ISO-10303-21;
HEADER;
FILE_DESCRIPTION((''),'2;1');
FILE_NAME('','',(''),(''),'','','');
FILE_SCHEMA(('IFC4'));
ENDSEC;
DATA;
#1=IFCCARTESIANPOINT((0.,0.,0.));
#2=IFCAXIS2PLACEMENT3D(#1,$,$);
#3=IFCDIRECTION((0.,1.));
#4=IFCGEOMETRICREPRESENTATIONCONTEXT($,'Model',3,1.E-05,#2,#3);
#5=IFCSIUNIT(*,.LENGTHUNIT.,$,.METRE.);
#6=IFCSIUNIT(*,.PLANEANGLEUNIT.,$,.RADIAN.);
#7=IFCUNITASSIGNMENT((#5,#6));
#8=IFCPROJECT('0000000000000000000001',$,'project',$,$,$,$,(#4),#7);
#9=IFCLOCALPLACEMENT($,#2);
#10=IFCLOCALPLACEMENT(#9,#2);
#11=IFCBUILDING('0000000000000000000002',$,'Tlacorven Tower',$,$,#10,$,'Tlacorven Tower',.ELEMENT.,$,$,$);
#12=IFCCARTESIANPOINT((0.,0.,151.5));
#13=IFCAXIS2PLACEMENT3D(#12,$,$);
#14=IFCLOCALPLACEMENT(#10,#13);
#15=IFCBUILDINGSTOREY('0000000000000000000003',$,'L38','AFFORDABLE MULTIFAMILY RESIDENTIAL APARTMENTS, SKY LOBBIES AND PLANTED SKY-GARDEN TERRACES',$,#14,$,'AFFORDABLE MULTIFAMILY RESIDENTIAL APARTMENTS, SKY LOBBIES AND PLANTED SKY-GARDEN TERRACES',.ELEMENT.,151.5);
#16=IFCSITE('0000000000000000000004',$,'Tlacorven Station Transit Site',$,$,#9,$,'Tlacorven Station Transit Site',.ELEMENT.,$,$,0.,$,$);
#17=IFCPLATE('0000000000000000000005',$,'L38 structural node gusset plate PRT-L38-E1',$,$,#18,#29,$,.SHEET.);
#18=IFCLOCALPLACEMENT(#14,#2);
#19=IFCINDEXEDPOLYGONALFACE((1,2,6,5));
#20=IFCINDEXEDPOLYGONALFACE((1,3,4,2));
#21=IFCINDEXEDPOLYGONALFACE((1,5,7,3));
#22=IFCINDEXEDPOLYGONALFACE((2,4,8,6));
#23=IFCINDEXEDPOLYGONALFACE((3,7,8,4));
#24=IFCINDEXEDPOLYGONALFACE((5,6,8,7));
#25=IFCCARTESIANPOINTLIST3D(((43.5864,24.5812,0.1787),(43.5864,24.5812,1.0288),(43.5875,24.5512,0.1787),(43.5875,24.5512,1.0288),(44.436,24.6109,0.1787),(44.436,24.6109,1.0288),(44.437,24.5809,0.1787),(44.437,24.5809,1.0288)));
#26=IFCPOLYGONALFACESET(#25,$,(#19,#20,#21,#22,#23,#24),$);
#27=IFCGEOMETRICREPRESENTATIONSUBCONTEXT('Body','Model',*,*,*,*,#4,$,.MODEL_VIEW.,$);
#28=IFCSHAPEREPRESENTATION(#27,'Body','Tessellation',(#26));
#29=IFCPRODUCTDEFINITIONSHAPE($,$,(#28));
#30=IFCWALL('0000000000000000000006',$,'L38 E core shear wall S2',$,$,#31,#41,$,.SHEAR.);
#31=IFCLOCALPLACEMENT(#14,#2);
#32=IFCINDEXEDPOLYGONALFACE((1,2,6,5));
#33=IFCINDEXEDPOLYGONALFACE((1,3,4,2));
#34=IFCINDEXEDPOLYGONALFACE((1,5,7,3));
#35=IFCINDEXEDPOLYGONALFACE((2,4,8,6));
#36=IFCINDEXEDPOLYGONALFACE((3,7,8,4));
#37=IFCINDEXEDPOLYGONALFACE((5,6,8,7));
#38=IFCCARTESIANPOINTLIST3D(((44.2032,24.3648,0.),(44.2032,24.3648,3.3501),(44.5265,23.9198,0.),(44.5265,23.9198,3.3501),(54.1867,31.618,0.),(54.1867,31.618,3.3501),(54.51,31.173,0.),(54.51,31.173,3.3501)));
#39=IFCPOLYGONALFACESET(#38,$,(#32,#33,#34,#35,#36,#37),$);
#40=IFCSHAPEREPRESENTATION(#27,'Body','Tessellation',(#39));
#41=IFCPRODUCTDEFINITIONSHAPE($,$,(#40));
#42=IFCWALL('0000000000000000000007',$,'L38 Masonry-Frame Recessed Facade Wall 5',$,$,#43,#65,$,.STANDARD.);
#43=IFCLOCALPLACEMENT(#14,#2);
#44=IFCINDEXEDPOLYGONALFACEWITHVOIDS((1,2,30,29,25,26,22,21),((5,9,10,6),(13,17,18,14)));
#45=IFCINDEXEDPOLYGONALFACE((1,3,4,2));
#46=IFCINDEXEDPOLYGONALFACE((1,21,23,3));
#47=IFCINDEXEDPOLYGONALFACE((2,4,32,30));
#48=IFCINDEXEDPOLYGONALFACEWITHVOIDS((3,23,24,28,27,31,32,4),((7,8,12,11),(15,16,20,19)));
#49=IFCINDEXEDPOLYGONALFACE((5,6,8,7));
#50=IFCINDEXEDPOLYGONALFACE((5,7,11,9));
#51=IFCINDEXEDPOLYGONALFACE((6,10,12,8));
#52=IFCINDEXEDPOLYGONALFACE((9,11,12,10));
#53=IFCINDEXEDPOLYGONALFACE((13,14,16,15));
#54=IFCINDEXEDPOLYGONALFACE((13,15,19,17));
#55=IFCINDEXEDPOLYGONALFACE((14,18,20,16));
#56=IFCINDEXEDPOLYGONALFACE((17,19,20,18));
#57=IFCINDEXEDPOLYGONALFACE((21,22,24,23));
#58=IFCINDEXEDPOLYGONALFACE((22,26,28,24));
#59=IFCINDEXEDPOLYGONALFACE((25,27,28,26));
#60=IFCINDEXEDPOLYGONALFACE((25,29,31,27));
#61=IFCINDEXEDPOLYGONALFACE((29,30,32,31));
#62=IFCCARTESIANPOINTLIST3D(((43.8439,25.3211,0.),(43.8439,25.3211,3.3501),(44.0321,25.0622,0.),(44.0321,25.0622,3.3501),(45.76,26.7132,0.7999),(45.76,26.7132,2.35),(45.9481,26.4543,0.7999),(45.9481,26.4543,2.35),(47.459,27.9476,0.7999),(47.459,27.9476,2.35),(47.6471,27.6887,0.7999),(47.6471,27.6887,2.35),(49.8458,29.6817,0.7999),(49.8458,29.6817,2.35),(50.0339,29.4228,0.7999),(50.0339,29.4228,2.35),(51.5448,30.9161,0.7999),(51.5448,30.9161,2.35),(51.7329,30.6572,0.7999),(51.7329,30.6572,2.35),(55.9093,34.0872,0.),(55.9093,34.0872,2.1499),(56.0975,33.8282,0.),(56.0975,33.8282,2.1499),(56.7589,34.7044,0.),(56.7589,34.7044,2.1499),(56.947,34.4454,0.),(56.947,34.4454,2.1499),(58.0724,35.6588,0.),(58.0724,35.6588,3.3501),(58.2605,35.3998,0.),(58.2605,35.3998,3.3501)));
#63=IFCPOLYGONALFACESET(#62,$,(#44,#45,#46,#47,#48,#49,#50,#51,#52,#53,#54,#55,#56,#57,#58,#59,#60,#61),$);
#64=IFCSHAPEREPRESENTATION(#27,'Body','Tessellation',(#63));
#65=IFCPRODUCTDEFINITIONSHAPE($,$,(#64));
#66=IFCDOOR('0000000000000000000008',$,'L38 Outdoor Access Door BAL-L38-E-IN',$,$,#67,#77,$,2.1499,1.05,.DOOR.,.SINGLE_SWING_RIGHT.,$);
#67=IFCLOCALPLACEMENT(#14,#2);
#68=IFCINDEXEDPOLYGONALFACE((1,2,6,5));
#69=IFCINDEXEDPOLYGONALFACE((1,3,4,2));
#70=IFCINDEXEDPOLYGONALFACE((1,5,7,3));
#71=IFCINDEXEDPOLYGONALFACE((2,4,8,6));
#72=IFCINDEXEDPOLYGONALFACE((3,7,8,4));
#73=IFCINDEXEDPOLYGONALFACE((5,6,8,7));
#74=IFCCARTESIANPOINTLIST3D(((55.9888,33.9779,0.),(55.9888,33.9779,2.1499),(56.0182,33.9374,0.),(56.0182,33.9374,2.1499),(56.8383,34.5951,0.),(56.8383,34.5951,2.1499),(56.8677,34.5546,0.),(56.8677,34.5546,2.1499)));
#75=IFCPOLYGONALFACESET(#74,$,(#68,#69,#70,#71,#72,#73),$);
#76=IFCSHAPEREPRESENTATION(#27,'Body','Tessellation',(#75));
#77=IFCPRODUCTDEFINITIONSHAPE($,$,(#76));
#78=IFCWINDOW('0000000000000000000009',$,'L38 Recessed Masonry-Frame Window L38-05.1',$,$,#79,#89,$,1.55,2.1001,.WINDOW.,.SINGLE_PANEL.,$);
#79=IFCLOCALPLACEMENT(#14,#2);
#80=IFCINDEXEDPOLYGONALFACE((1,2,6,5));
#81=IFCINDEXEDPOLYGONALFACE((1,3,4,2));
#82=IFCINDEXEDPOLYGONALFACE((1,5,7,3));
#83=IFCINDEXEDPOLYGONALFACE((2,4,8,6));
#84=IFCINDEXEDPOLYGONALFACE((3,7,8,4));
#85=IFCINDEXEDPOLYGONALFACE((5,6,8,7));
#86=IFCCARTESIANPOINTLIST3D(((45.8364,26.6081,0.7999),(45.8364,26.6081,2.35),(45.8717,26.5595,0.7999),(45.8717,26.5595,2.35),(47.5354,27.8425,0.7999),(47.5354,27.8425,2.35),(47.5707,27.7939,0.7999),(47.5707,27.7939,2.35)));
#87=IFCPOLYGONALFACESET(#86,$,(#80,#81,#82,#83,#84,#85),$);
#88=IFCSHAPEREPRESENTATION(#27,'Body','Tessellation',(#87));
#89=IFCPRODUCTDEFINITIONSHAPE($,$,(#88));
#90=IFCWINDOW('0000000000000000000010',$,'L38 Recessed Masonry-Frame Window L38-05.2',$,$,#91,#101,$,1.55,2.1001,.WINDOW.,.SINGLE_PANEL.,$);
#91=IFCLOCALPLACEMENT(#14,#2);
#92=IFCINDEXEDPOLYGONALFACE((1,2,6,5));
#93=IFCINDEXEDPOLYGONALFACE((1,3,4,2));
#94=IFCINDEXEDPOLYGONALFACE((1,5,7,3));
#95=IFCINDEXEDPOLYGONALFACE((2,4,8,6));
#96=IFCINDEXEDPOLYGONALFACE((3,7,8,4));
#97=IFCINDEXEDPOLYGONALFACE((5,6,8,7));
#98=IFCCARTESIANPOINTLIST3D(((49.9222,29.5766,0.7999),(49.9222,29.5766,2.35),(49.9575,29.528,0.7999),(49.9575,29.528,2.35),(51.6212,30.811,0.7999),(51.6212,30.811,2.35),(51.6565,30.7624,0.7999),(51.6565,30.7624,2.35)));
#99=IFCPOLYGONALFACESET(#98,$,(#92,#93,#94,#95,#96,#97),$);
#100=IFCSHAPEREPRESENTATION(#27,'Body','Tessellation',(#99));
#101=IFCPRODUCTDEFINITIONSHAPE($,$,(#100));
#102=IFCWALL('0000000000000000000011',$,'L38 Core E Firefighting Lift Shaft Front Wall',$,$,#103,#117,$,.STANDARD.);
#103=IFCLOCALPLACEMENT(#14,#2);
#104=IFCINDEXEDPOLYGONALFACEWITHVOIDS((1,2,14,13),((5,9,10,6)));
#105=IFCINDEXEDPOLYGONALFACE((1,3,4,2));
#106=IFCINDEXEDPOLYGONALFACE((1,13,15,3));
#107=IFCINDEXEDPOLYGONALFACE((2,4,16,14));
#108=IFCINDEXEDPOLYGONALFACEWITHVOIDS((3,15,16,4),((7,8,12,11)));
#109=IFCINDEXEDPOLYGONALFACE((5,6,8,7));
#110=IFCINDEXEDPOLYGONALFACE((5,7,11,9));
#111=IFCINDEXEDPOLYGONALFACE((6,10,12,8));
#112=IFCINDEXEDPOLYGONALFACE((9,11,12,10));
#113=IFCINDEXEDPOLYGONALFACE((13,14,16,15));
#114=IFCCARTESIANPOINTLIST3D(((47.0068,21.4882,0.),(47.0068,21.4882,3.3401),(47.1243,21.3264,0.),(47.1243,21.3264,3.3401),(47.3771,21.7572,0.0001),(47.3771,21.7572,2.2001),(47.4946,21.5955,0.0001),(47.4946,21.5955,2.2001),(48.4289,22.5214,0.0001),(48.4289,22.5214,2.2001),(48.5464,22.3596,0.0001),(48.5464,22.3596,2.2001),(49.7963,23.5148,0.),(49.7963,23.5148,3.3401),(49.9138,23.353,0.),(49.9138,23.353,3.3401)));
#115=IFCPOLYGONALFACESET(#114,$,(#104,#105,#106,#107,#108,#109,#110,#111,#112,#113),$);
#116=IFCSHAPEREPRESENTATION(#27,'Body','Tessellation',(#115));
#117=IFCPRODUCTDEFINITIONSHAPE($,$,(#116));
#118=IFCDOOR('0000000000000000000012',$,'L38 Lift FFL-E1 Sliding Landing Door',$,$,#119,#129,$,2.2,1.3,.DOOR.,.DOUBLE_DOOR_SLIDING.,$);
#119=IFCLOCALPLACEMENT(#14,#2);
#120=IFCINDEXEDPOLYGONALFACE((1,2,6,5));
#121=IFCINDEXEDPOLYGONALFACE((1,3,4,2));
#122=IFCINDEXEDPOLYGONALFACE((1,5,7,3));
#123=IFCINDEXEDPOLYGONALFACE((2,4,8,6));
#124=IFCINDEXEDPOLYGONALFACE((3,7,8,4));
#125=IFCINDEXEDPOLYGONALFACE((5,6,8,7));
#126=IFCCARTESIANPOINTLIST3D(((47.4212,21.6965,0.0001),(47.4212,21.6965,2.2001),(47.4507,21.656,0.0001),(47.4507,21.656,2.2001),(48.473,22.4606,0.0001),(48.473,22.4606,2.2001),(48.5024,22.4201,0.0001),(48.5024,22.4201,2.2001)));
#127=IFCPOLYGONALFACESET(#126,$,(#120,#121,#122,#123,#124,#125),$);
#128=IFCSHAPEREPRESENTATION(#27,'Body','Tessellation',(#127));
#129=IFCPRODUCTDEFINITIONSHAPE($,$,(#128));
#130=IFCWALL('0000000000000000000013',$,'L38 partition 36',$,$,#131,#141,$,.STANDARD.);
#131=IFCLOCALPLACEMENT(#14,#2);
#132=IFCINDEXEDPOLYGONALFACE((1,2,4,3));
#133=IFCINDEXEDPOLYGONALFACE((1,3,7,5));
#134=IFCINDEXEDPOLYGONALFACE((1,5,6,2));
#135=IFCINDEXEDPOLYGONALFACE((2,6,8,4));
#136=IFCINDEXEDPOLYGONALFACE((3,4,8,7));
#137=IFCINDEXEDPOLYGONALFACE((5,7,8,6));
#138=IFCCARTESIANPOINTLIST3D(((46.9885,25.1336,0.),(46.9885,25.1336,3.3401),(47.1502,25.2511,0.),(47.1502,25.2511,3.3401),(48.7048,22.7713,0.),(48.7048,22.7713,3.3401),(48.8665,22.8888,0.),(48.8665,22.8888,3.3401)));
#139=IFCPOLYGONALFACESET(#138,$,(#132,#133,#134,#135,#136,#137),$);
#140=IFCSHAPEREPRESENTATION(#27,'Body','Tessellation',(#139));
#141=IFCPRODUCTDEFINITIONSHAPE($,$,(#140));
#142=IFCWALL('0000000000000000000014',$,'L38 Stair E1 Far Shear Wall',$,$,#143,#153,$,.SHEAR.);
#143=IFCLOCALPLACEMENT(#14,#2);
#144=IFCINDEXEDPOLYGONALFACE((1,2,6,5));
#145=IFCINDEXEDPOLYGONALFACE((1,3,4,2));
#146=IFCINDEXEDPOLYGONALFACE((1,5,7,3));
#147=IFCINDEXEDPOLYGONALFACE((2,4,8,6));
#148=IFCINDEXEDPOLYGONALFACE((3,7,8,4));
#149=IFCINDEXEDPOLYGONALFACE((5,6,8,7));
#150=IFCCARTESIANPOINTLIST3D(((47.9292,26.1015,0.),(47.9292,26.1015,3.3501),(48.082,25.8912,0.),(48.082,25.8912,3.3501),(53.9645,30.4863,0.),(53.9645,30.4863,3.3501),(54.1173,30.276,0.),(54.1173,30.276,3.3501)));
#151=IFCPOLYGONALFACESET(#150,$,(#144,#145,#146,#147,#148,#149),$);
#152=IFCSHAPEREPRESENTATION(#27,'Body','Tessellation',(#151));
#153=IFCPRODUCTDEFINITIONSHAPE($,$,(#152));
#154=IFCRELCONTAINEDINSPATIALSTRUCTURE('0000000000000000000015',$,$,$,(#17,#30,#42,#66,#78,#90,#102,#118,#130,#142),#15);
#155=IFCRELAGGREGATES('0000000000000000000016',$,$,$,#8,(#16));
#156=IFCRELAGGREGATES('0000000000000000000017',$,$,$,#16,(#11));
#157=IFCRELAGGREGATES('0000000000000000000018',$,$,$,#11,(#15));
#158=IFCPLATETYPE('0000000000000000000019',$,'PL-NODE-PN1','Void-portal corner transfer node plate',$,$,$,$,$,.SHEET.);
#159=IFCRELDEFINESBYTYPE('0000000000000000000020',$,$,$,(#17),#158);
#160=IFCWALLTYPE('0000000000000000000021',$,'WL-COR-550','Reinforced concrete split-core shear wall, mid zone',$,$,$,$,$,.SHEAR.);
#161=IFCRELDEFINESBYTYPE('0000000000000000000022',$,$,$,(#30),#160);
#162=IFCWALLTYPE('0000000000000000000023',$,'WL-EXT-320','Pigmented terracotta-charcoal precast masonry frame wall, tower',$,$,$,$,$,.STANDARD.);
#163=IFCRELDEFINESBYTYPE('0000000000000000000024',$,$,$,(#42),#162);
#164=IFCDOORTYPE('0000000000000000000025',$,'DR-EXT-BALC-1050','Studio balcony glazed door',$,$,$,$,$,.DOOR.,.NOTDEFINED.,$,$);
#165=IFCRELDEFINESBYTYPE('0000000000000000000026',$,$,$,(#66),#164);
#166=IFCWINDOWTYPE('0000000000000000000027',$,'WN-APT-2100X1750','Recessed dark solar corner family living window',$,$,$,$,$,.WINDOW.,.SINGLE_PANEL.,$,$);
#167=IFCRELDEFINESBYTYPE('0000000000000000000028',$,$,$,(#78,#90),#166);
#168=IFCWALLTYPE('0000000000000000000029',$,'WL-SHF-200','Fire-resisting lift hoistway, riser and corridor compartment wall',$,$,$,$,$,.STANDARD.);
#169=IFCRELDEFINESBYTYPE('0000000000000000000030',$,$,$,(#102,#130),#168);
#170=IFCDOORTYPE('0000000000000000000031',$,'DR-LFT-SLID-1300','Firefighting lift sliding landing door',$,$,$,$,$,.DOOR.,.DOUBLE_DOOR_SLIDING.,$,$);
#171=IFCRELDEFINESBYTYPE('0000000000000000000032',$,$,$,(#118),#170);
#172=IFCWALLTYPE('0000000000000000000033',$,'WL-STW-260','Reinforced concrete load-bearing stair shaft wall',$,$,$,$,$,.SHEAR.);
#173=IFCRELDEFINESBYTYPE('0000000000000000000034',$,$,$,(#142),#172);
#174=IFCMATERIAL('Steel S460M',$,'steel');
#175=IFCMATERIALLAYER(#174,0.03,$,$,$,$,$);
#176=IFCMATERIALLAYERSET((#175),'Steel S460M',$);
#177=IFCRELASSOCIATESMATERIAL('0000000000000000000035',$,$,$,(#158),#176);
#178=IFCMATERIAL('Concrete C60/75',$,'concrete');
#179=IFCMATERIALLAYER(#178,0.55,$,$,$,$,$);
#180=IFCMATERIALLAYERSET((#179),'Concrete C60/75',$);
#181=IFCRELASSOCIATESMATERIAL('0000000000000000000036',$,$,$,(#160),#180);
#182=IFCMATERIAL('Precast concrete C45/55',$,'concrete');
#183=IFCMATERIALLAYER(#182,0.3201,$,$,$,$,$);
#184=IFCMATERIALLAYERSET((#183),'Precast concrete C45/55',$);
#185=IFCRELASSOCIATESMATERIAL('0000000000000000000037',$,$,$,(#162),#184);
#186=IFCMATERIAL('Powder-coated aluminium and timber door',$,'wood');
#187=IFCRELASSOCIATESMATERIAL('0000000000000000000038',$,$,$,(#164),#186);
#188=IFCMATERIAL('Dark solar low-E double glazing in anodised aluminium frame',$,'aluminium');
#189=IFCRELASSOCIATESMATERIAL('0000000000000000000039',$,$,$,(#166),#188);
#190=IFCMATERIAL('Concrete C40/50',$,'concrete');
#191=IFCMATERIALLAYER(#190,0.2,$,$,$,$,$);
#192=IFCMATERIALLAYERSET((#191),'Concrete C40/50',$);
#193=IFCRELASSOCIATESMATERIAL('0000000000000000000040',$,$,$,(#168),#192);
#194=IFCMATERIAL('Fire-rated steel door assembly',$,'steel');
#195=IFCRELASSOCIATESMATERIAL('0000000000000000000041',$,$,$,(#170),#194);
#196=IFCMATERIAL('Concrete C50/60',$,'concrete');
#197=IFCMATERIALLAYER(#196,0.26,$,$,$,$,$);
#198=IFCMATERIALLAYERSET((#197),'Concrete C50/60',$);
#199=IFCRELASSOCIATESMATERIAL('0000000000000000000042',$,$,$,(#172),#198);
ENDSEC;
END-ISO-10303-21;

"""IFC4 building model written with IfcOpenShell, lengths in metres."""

from ifc_helpers import new_model, si_unit, direction, frame, frame_2d, origin, origin_2d, place, context, subcontext, project, spatial, rectangle, extrude, source, transform, mapped, material, layer, layer_set, type_object, element, fill, save


model = new_model("IFC4")

# Units and contexts
model_context = context("Model", 3, precision=1e-05, world=origin(), true_north=direction((0.0, 1.0)))
body_context = subcontext(model_context, "Body", "Model", "MODEL_VIEW")
ifc_project = project(units=[si_unit("LENGTHUNIT", "METRE"), si_unit("PLANEANGLEUNIT", "RADIAN")], contexts=[model_context])

# Site, building, storey
site_placement = place(None, origin())
site = spatial("IfcSite", under=ifc_project, at=site_placement, Name="Tlacorven Station Transit Site", LongName="Tlacorven Station Transit Site", CompositionType="ELEMENT", RefElevation=0.0)
building_placement = place(site_placement, origin())
building = spatial("IfcBuilding", under=site, at=building_placement, Name="Tlacorven Tower", LongName="Tlacorven Tower", CompositionType="ELEMENT")
storey_placement = place(building_placement, frame((0.0, 0.0, 151.5)))
storey = spatial("IfcBuildingStorey", under=building, at=storey_placement, Name="L38", Description="AFFORDABLE MULTIFAMILY RESIDENTIAL APARTMENTS, SKY LOBBIES AND PLANTED SKY-GARDEN TERRACES", LongName="AFFORDABLE MULTIFAMILY RESIDENTIAL APARTMENTS, SKY LOBBIES AND PLANTED SKY-GARDEN TERRACES", CompositionType="ELEMENT", Elevation=151.5)

# Shared definitions
ifc_material_1 = material(Name="Steel S460M", Category="steel")

# Plate
ifc_layer_1 = layer(ifc_material_1, 0.03)
ifc_layer_set_1 = layer_set([ifc_layer_1], Name="Steel S460M")
plate_type_1 = type_object("IfcPlateType", Name="PL-NODE-PN1", Description="Void-portal corner transfer node plate", PredefinedType="SHEET", material=ifc_layer_set_1)
shared_shape_1 = source(origin(), body_context, "Body", "SweptSolid", [
    extrude(rectangle(XDim=0.8501, YDim=0.03, at=origin_2d()), origin(), (0.0, 0.0, 1.0), 0.8501),
])
plate_placement = place(storey_placement, frame((44.0117, 24.5811, 0.1787), z_axis=(0.0, 0.0, 1.0), x_axis=(-0.999391, -0.034901, 0.0)))
element("IfcPlate", 1, at=plate_placement, inside=storey, type_object=plate_type_1, Name="L38 structural node gusset plate PRT-L38-E1", PredefinedType="SHEET", context=body_context, shape_type="MappedRepresentation", body=[
    mapped(shared_shape_1, transform((0.0, 0.0, 0.0), scale=1.0)),
])

# Wall
ifc_material_2 = material(Name="Concrete C60/75", Category="concrete")
ifc_layer_2 = layer(ifc_material_2, 0.55)
ifc_layer_set_2 = layer_set([ifc_layer_2], Name="Concrete C60/75")
wall_type_1 = type_object("IfcWallType", Name="WL-COR-550", Description="Reinforced concrete split-core shear wall, mid zone", PredefinedType="SHEAR", material=ifc_layer_set_2)
wall_1_placement = place(storey_placement, frame((44.365, 24.1423, 0.0), z_axis=(0.0, 0.0, 1.0), x_axis=(0.809024, 0.587775, 0.0)))
element("IfcWall", 2, at=wall_1_placement, inside=storey, type_object=wall_type_1, Name="L38 E core shear wall S2", PredefinedType="SHEAR", context=body_context, shape_type="SweptSolid", body=[
    extrude(rectangle(XDim=12.3401, YDim=0.55, at=frame_2d((6.1699, 0.0))), origin(), (0.0, 0.0, 1.0), 3.3501),
])

# Wall, openings, door, windows
ifc_material_3 = material(Name="Precast concrete C45/55", Category="concrete")
ifc_layer_3 = layer(ifc_material_3, 0.3201)
ifc_layer_set_3 = layer_set([ifc_layer_3], Name="Precast concrete C45/55")
wall_type_2 = type_object("IfcWallType", Name="WL-EXT-320", Description="Pigmented terracotta-charcoal precast masonry frame wall, tower", PredefinedType="STANDARD", material=ifc_layer_set_3)
wall_2_placement = place(storey_placement, frame((43.938, 25.1917, 0.0), z_axis=(0.0, 0.0, 1.0), x_axis=(0.809016, 0.587786, 0.0)))
wall_2 = element("IfcWall", 3, at=wall_2_placement, inside=storey, type_object=wall_type_2, Name="L38 Masonry-Frame Recessed Facade Wall 5", PredefinedType="STANDARD", context=body_context, shape_type="SweptSolid", body=[
    extrude(rectangle(XDim=17.5874, YDim=0.3201, at=frame_2d((8.7937, 0.0))), origin(), (0.0, 0.0, 1.0), 3.3501),
])
opening_1_placement = place(wall_2_placement, frame((14.9138, 0.0, 0.0)))
opening_1 = element("IfcOpeningElement", 4, at=opening_1_placement, cuts=wall_2, PredefinedType="OPENING", context=body_context, shape_type="SweptSolid", body=[
    extrude(rectangle(XDim=1.05, YDim=2.1499, at=frame_2d((0.5249, 1.075))), frame((0.0, 0.1699, 0.0), z_axis=(0.0, -1.0, 0.0), x_axis=(1.0, 0.0, 0.0)), (0.0, 0.0, 1.0), 0.3401),
])
opening_2_placement = place(wall_2_placement, frame((2.3684, 0.0, 0.8)))
opening_2 = element("IfcOpeningElement", 5, at=opening_2_placement, cuts=wall_2, PredefinedType="OPENING", context=body_context, shape_type="SweptSolid", body=[
    extrude(rectangle(XDim=2.1001, YDim=1.55, at=frame_2d((1.05, 0.7749))), frame((0.0, 0.1699, 0.0), z_axis=(0.0, -1.0, 0.0), x_axis=(1.0, 0.0, 0.0)), (0.0, 0.0, 1.0), 0.3401),
])
opening_3_placement = place(wall_2_placement, frame((7.4187, 0.0, 0.8)))
opening_3 = element("IfcOpeningElement", 6, at=opening_3_placement, cuts=wall_2, PredefinedType="OPENING", context=body_context, shape_type="SweptSolid", body=[
    extrude(rectangle(XDim=2.1001, YDim=1.55, at=frame_2d((1.05, 0.7749))), frame((0.0, 0.1699, 0.0), z_axis=(0.0, -1.0, 0.0), x_axis=(1.0, 0.0, 0.0)), (0.0, 0.0, 1.0), 0.3401),
])
ifc_material_4 = material(Name="Powder-coated aluminium and timber door", Category="wood")
door_type_1 = type_object("IfcDoorType", Name="DR-EXT-BALC-1050", Description="Studio balcony glazed door", OperationType="NOTDEFINED", PredefinedType="DOOR", material=ifc_material_4)
shared_shape_2 = source(origin(), body_context, "Body", "SweptSolid", [
    extrude(rectangle(XDim=1.05, YDim=2.1499, at=frame_2d((0.5249, 1.075))), frame((0.0, 0.0249, 0.0), z_axis=(0.0, -1.0, 0.0), x_axis=(1.0, 0.0, 0.0)), (0.0, 0.0, 1.0), 0.05),
])
door_1_placement = place(opening_1_placement, origin())
door_1 = element("IfcDoor", 7, at=door_1_placement, inside=storey, type_object=door_type_1, Name="L38 Outdoor Access Door BAL-L38-E-IN", OperationType="SINGLE_SWING_RIGHT", OverallHeight=2.1499, OverallWidth=1.05, PredefinedType="DOOR", context=body_context, shape_type="MappedRepresentation", body=[
    mapped(shared_shape_2, transform((0.0, 0.0, 0.0), scale=1.0)),
])
fill(opening_1, door_1)
ifc_material_5 = material(Name="Dark solar low-E double glazing in anodised aluminium frame", Category="aluminium")
window_type = type_object("IfcWindowType", Name="WN-APT-2100X1750", Description="Recessed dark solar corner family living window", PartitioningType="SINGLE_PANEL", PredefinedType="WINDOW", material=ifc_material_5)
shared_shape_3 = source(origin(), body_context, "Body", "SweptSolid", [
    extrude(rectangle(XDim=2.1001, YDim=1.55, at=frame_2d((1.05, 0.7749))), frame((0.0, 0.03, 0.0), z_axis=(0.0, -1.0, 0.0), x_axis=(1.0, 0.0, 0.0)), (0.0, 0.0, 1.0), 0.0601),
])
window_1_placement = place(opening_2_placement, origin())
window_1 = element("IfcWindow", 8, at=window_1_placement, inside=storey, type_object=window_type, Name="L38 Recessed Masonry-Frame Window L38-05.1", OverallHeight=1.55, OverallWidth=2.1001, PartitioningType="SINGLE_PANEL", PredefinedType="WINDOW", context=body_context, shape_type="MappedRepresentation", body=[
    mapped(shared_shape_3, transform((0.0, 0.0, 0.0), scale=1.0)),
])
fill(opening_2, window_1)
window_2_placement = place(opening_3_placement, origin())
window_2 = element("IfcWindow", 9, at=window_2_placement, inside=storey, type_object=window_type, Name="L38 Recessed Masonry-Frame Window L38-05.2", OverallHeight=1.55, OverallWidth=2.1001, PartitioningType="SINGLE_PANEL", PredefinedType="WINDOW", context=body_context, shape_type="MappedRepresentation", body=[
    mapped(shared_shape_3, transform((0.0, 0.0, 0.0), scale=1.0)),
])
fill(opening_3, window_2)

# Wall, opening, door
ifc_material_6 = material(Name="Concrete C40/50", Category="concrete")
ifc_layer_4 = layer(ifc_material_6, 0.2)
ifc_layer_set_4 = layer_set([ifc_layer_4], Name="Concrete C40/50")
wall_type_3 = type_object("IfcWallType", Name="WL-SHF-200", Description="Fire-resisting lift hoistway, riser and corridor compartment wall", PredefinedType="STANDARD", material=ifc_layer_set_4)
wall_3_placement = place(storey_placement, frame((47.0654, 21.4072, 0.0), z_axis=(0.0, 0.0, 1.0), x_axis=(0.809033, 0.587763, 0.0)))
wall_3 = element("IfcWall", 10, at=wall_3_placement, inside=storey, type_object=wall_type_3, Name="L38 Core E Firefighting Lift Shaft Front Wall", PredefinedType="STANDARD", context=body_context, shape_type="SweptSolid", body=[
    extrude(rectangle(XDim=3.448, YDim=0.2, at=frame_2d((1.7241, 0.0))), origin(), (0.0, 0.0, 1.0), 3.3401),
])
opening_4_placement = place(wall_3_placement, frame((0.458, 0.0, 0.0)))
opening_4 = element("IfcOpeningElement", 11, at=opening_4_placement, cuts=wall_3, PredefinedType="OPENING", context=body_context, shape_type="SweptSolid", body=[
    extrude(rectangle(XDim=1.3, YDim=2.2, at=frame_2d((0.6499, 1.1001))), frame((0.0, 0.1099, 0.0), z_axis=(0.0, -1.0, 0.0), x_axis=(1.0, 0.0, 0.0)), (0.0, 0.0, 1.0), 0.22),
])
ifc_material_7 = material(Name="Fire-rated steel door assembly", Category="steel")
door_type_2 = type_object("IfcDoorType", Name="DR-LFT-SLID-1300", Description="Firefighting lift sliding landing door", OperationType="DOUBLE_DOOR_SLIDING", PredefinedType="DOOR", material=ifc_material_7)
shared_shape_4 = source(origin(), body_context, "Body", "SweptSolid", [
    extrude(rectangle(XDim=1.3, YDim=2.2, at=frame_2d((0.6499, 1.1001))), frame((0.0, 0.0249, 0.0), z_axis=(0.0, -1.0, 0.0), x_axis=(1.0, 0.0, 0.0)), (0.0, 0.0, 1.0), 0.05),
])
door_2_placement = place(opening_4_placement, origin())
door_2 = element("IfcDoor", 12, at=door_2_placement, inside=storey, type_object=door_type_2, Name="L38 Lift FFL-E1 Sliding Landing Door", OperationType="DOUBLE_DOOR_SLIDING", OverallHeight=2.2, OverallWidth=1.3, PredefinedType="DOOR", context=body_context, shape_type="MappedRepresentation", body=[
    mapped(shared_shape_4, transform((0.0, 0.0, 0.0), scale=1.0)),
])
fill(opening_4, door_2)

# Walls
wall_4_placement = place(storey_placement, frame((48.7856, 22.8301, 0.0), z_axis=(0.0, 0.0, 1.0), x_axis=(-0.587784, 0.809018, 0.0)))
element("IfcWall", 13, at=wall_4_placement, inside=storey, type_object=wall_type_3, Name="L38 partition 36", PredefinedType="STANDARD", context=body_context, shape_type="SweptSolid", body=[
    extrude(rectangle(XDim=2.9199, YDim=0.2, at=frame_2d((1.46, 0.0))), origin(), (0.0, 0.0, 1.0), 3.3401),
])
ifc_material_8 = material(Name="Concrete C50/60", Category="concrete")
ifc_layer_5 = layer(ifc_material_8, 0.26)
ifc_layer_set_5 = layer_set([ifc_layer_5], Name="Concrete C50/60")
wall_type_4 = type_object("IfcWallType", Name="WL-STW-260", Description="Reinforced concrete load-bearing stair shaft wall", PredefinedType="SHEAR", material=ifc_layer_set_5)
wall_5_placement = place(storey_placement, frame((48.0056, 25.9963, 0.0), z_axis=(0.0, 0.0, 1.0), x_axis=(0.809019, 0.587782, 0.0)))
element("IfcWall", 14, at=wall_5_placement, inside=storey, type_object=wall_type_4, Name="L38 Stair E1 Far Shear Wall", PredefinedType="SHEAR", context=body_context, shape_type="SweptSolid", body=[
    extrude(rectangle(XDim=7.46, YDim=0.26, at=frame_2d((3.73, 0.0))), origin(), (0.0, 0.0, 1.0), 3.3501),
])

save(model, "model.ifc")
